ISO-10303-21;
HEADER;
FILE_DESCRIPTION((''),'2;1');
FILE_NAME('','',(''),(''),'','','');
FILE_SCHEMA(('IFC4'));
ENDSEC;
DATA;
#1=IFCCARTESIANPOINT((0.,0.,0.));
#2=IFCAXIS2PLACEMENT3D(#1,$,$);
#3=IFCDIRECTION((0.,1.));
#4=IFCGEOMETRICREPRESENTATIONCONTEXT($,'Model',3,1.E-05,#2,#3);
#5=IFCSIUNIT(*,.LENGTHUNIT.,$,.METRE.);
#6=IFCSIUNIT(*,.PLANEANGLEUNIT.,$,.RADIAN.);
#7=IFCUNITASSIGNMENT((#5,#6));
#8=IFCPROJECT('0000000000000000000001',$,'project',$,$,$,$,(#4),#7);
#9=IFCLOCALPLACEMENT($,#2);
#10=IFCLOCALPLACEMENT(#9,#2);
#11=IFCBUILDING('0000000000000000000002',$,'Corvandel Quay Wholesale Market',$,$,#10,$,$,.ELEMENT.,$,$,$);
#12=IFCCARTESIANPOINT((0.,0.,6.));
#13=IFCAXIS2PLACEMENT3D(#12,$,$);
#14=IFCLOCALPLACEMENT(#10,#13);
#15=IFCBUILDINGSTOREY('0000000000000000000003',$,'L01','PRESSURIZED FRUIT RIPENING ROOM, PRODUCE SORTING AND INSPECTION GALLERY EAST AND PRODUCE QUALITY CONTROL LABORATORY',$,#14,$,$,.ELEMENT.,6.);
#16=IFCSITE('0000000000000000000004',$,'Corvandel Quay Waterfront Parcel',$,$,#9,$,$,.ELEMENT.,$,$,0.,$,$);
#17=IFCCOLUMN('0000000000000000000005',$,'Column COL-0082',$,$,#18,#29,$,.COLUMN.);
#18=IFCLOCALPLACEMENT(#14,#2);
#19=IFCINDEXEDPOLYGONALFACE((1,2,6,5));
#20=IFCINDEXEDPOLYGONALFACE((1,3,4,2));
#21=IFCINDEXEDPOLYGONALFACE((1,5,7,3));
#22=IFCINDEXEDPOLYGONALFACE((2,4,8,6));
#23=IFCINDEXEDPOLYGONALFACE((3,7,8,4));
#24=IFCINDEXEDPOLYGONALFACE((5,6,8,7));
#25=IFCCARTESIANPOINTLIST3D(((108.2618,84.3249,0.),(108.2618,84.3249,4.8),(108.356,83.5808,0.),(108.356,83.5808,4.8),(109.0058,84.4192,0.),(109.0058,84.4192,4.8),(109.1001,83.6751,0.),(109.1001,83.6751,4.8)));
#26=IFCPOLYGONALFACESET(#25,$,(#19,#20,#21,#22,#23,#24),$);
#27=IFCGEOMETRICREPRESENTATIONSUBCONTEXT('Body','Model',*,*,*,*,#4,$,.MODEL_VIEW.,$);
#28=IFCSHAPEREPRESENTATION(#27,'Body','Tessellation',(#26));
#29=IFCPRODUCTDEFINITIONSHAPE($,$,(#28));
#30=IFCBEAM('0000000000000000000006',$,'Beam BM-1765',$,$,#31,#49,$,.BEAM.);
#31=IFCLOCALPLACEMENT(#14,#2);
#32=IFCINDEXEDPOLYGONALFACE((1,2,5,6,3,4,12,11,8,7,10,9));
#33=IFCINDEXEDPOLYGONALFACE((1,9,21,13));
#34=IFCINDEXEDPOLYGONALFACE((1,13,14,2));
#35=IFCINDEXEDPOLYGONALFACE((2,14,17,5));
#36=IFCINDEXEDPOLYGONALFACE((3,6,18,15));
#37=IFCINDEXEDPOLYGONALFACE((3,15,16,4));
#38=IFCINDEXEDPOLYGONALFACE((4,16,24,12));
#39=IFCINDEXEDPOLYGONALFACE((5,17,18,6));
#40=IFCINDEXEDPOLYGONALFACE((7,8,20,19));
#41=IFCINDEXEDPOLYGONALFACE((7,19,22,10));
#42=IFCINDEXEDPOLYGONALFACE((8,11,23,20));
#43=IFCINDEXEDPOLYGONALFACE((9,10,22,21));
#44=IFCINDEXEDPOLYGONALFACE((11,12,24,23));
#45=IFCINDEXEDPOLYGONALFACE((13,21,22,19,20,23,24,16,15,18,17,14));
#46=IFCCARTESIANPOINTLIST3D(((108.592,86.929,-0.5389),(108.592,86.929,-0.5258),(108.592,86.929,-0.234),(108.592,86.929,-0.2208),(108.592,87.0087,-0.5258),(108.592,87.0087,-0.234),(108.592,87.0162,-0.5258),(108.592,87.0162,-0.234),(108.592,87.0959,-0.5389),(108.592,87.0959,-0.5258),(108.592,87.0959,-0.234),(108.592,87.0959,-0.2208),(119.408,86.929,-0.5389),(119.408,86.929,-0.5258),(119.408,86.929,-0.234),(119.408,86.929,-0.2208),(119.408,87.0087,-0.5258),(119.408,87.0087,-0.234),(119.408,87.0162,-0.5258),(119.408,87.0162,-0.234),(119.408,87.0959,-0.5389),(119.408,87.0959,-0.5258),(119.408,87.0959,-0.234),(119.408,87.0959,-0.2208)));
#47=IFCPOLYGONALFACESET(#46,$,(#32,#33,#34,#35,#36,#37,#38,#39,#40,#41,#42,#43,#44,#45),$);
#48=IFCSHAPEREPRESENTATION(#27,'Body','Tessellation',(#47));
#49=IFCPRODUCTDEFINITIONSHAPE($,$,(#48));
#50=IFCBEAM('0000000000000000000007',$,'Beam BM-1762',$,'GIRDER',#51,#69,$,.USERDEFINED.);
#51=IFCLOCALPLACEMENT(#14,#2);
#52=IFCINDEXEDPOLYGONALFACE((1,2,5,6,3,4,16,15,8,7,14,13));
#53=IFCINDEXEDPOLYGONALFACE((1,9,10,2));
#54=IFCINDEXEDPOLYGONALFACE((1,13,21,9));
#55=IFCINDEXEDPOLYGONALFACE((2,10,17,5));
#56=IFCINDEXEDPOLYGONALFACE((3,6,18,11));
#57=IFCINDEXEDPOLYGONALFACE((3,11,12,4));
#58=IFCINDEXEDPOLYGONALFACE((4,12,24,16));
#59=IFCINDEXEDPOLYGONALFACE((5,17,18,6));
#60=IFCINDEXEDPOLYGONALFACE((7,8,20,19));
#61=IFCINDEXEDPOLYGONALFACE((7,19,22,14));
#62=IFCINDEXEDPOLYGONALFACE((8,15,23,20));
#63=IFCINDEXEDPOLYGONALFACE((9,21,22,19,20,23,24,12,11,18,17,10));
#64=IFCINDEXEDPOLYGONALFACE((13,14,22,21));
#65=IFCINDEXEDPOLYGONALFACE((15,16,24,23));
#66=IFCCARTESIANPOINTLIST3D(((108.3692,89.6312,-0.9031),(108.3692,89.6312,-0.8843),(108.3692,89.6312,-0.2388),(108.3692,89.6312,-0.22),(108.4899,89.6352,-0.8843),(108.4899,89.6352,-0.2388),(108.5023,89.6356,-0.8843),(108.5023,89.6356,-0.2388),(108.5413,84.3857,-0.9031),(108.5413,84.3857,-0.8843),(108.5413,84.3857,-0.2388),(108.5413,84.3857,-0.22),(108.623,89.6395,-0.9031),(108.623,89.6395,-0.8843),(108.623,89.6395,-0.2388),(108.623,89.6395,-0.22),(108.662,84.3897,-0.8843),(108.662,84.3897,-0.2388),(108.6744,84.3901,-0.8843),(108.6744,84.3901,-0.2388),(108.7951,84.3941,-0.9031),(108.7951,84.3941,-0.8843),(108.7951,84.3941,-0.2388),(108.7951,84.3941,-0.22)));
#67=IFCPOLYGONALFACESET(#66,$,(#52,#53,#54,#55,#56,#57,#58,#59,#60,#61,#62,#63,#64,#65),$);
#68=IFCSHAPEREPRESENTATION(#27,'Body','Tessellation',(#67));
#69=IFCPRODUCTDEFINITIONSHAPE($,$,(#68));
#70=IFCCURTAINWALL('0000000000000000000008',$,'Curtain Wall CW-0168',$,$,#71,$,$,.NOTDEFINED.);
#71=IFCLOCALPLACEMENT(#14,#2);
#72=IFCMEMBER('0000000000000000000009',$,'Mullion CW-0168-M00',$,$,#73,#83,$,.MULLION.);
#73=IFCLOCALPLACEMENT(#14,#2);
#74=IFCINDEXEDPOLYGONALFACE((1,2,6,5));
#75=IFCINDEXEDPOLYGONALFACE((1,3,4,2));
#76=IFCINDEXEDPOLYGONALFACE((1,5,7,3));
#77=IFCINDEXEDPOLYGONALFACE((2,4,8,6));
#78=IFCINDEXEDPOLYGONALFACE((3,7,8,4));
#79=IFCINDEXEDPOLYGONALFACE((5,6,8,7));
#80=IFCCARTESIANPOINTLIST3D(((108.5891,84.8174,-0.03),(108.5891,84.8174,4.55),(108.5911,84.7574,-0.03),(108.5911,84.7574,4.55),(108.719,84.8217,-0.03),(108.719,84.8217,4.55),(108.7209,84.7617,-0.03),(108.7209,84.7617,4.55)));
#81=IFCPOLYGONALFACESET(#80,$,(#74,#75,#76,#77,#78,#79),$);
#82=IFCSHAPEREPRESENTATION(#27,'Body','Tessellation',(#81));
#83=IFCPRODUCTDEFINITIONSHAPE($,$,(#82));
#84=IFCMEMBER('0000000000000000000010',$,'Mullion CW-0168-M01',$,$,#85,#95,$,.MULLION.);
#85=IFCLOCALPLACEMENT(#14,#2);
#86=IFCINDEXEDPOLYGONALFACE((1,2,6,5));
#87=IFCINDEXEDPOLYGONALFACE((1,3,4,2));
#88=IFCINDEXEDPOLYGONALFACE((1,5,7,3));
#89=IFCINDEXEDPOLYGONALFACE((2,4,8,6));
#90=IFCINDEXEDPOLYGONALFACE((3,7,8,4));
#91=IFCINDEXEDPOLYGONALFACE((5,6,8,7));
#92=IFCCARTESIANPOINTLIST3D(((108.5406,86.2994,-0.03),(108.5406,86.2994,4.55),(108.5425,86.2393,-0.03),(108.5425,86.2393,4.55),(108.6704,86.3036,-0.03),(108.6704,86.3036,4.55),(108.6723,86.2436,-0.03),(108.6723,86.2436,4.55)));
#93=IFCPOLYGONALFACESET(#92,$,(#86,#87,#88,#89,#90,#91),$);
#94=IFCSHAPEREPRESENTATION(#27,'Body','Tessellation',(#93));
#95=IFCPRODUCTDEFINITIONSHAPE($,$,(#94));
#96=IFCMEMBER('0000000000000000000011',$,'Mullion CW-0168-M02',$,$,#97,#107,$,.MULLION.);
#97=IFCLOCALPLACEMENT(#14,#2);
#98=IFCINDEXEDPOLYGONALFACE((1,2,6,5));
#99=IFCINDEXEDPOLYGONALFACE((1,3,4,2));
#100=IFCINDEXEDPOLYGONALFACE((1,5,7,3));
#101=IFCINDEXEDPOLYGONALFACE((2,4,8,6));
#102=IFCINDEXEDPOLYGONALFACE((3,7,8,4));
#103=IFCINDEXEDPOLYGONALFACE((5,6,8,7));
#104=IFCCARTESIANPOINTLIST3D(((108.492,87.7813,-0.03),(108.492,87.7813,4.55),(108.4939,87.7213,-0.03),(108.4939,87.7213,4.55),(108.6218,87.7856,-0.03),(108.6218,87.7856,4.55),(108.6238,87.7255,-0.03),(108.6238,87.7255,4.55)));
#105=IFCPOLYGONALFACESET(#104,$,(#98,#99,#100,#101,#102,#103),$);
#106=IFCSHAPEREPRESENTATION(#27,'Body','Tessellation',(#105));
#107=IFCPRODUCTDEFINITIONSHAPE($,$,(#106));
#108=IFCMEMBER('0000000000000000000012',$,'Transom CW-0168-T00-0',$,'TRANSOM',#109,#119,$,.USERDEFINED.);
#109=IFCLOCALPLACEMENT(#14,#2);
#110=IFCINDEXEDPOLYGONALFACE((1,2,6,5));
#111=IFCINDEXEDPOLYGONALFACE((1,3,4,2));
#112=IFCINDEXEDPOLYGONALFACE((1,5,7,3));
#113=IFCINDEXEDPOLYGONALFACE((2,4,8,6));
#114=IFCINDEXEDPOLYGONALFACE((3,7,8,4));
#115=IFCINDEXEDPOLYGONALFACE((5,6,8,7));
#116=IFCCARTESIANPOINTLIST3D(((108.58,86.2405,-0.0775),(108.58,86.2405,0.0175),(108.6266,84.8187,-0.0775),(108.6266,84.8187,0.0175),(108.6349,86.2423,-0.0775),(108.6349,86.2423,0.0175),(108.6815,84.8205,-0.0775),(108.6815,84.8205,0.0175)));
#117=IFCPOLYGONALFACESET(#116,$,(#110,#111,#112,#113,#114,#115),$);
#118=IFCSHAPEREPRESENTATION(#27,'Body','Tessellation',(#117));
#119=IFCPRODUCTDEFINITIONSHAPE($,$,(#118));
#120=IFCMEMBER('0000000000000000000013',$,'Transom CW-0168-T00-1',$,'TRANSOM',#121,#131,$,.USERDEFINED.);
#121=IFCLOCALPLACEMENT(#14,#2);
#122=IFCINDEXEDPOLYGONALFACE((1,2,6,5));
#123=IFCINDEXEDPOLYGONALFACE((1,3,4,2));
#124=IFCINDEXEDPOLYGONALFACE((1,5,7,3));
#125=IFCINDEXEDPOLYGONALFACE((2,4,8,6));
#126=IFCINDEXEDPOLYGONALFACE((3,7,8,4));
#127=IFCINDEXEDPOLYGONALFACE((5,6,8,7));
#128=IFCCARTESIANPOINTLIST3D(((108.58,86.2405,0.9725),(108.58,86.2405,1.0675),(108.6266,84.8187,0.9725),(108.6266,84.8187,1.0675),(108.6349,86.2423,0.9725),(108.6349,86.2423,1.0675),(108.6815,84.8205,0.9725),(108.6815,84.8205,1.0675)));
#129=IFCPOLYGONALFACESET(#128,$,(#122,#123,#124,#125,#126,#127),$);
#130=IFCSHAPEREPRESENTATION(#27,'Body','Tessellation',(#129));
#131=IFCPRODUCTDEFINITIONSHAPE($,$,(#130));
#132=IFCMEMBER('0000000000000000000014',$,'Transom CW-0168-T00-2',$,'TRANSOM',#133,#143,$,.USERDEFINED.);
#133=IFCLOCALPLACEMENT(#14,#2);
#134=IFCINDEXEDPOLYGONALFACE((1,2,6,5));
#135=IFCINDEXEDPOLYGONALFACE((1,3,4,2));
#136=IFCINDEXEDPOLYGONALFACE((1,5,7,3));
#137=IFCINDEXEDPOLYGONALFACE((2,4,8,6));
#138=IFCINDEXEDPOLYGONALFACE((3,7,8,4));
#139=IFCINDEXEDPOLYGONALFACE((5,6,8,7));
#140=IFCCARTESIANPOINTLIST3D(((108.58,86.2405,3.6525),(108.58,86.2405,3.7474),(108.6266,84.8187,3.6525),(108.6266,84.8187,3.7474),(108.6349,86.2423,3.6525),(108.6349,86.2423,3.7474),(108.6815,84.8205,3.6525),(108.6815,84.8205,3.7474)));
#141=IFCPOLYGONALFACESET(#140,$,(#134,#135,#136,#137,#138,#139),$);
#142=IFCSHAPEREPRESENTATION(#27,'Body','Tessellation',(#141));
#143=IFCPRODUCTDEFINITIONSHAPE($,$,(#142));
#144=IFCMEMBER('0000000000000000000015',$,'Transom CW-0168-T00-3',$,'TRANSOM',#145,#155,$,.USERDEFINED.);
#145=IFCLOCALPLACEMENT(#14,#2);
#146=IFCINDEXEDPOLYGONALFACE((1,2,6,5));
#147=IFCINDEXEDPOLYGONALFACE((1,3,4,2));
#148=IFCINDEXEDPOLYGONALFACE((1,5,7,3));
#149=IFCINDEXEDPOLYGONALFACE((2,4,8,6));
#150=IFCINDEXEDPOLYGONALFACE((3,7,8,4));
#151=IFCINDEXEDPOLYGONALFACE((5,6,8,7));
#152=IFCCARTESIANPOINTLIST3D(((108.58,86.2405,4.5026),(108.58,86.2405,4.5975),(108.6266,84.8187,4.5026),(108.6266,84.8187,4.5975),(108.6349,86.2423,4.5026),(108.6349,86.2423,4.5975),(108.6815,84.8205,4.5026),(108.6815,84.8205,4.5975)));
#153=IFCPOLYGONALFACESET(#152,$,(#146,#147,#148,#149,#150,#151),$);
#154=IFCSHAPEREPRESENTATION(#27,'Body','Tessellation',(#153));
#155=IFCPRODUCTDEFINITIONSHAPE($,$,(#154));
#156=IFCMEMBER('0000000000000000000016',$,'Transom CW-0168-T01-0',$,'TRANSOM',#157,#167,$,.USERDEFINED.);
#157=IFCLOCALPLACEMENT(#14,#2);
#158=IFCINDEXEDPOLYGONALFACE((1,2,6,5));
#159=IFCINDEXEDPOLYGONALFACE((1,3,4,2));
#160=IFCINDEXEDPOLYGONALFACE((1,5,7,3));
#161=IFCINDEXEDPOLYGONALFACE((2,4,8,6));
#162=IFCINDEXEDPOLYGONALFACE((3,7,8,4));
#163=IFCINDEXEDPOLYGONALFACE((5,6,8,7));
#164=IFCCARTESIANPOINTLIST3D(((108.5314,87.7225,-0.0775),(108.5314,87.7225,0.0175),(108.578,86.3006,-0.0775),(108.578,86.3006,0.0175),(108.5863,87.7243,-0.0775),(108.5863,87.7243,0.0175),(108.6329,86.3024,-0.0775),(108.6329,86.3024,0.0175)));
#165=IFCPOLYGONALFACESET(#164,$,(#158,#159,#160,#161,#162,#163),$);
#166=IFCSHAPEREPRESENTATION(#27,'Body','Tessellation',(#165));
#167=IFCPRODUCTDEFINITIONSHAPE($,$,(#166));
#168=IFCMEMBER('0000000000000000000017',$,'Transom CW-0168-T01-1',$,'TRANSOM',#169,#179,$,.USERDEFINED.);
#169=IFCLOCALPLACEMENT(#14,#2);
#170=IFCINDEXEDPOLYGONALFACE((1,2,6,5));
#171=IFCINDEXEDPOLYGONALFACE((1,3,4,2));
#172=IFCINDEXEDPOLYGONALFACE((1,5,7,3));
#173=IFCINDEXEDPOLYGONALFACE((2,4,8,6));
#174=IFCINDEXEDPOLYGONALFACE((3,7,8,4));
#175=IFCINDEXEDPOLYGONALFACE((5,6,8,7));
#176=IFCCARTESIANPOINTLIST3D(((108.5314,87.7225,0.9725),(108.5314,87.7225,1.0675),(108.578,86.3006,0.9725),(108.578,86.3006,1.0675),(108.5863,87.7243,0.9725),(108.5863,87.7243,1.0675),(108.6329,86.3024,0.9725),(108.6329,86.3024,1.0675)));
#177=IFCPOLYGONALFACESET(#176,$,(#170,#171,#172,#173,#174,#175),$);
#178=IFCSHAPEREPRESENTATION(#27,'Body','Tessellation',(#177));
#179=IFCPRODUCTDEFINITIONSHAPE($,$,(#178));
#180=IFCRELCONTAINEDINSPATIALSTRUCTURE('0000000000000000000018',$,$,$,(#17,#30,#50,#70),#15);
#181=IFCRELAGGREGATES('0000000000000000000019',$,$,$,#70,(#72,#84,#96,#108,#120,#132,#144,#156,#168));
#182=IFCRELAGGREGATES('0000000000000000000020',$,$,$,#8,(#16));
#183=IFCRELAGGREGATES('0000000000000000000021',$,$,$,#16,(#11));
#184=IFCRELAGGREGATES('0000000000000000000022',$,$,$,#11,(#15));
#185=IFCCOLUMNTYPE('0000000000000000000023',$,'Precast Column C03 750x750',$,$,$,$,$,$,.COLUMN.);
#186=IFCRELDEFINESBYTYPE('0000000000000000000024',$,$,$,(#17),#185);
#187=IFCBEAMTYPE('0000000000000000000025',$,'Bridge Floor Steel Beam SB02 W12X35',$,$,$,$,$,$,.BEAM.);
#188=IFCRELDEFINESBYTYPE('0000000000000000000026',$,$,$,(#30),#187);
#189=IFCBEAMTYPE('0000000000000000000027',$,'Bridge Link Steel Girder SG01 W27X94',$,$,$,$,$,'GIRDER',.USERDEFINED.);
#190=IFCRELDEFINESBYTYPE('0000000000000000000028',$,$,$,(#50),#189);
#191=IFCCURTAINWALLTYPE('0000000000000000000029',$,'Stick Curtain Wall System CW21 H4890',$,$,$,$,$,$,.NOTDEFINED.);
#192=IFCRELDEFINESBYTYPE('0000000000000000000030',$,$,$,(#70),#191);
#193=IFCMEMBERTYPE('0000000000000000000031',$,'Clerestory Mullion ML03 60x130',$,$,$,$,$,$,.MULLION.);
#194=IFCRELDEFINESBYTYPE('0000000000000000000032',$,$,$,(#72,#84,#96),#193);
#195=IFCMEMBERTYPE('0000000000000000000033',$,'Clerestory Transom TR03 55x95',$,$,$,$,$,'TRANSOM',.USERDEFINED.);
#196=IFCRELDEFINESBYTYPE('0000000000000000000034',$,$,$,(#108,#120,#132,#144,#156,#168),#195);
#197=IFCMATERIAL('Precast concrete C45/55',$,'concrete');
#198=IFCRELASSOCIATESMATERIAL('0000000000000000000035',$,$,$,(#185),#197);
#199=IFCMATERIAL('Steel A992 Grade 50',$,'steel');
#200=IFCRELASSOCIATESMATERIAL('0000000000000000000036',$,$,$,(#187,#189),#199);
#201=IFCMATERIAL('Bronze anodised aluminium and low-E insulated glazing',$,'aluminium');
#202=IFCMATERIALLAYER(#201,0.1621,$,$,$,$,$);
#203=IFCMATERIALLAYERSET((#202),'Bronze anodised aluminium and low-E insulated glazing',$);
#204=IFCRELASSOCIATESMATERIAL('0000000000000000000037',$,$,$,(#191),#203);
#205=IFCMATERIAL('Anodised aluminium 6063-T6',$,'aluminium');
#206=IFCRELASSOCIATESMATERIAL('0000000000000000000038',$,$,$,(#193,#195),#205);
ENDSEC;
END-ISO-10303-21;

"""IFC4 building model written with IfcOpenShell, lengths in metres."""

from ifc_helpers import new_model, si_unit, direction, frame, origin, origin_2d, place, context, subcontext, project, spatial, rectangle, i_section, extrude, material, layer, layer_set, material_profile, profile_set, type_object, element, aggregate, save


model = new_model("IFC4")

# Units and contexts
model_context = context("Model", 3, precision=1e-05, world=origin(), true_north=direction((0.0, 1.0)))
body_context = subcontext(model_context, "Body", "Model", "MODEL_VIEW")
ifc_project = project(units=[si_unit("LENGTHUNIT", "METRE"), si_unit("PLANEANGLEUNIT", "RADIAN")], contexts=[model_context])

# Site, building, storey
site_placement = place(None, origin())
site = spatial("IfcSite", under=ifc_project, at=site_placement, Name="Corvandel Quay Waterfront Parcel", CompositionType="ELEMENT", RefElevation=0.0)
building_placement = place(site_placement, origin())
building = spatial("IfcBuilding", under=site, at=building_placement, Name="Corvandel Quay Wholesale Market", CompositionType="ELEMENT")
storey_placement = place(building_placement, frame((0.0, 0.0, 6.0)))
storey = spatial("IfcBuildingStorey", under=building, at=storey_placement, Name="L01", Description="PRESSURIZED FRUIT RIPENING ROOM, PRODUCE SORTING AND INSPECTION GALLERY EAST AND PRODUCE QUALITY CONTROL LABORATORY", CompositionType="ELEMENT", Elevation=6.0)

# Column
ifc_material_1 = material(Name="Precast concrete C45/55", Category="concrete")
ifc_material_profile_1 = material_profile(ifc_material_1, rectangle(XDim=0.75, YDim=0.75, at=origin_2d()), Name="PC-COL-750x750")
ifc_profile_set_1 = profile_set([ifc_material_profile_1], Name="Precast concrete C45/55")
column_type = type_object("IfcColumnType", Name="Precast Column C03 750x750", PredefinedType="COLUMN", material=ifc_profile_set_1)
column_placement = place(storey_placement, frame((108.6809, 84.0, 0.0), z_axis=(0.0, 0.0, 1.0), x_axis=(0.992071, 0.12568, 0.0)))
element("IfcColumn", 1, at=column_placement, inside=storey, type_object=column_type, Name="Column COL-0082", PredefinedType="COLUMN", context=body_context, shape_type="SweptSolid", body=[
    extrude(rectangle(XDim=0.75, YDim=0.75, at=origin_2d()), origin(), (0.0, 0.0, 1.0), 4.8),
])

# Beams
ifc_material_2 = material(Name="Steel A992 Grade 50", Category="steel")
ifc_material_profile_2 = material_profile(ifc_material_2, i_section(OverallWidth=0.167, OverallDepth=0.3181, WebThickness=0.0076, FlangeThickness=0.0132, at=origin_2d()), Name="W12X35")
ifc_profile_set_2 = profile_set([ifc_material_profile_2], Name="Steel A992 Grade 50")
beam_type_1 = type_object("IfcBeamType", Name="Bridge Floor Steel Beam SB02 W12X35", PredefinedType="BEAM", material=ifc_profile_set_2)
beam_1_placement = place(storey_placement, frame((108.592, 87.0125, -0.3799), z_axis=(1.0, 0.0, 0.0), x_axis=(0.0, 1.0, 0.0)))
element("IfcBeam", 2, at=beam_1_placement, inside=storey, type_object=beam_type_1, Name="Beam BM-1765", PredefinedType="BEAM", context=body_context, shape_type="SweptSolid", body=[
    extrude(i_section(OverallWidth=0.167, OverallDepth=0.3181, WebThickness=0.0076, FlangeThickness=0.0132, at=origin_2d()), origin(), (0.0, 0.0, 1.0), 10.8159),
])
ifc_material_profile_3 = material_profile(ifc_material_2, i_section(OverallWidth=0.2539, OverallDepth=0.6831, WebThickness=0.0125, FlangeThickness=0.0188, at=origin_2d()), Name="W27X94")
ifc_profile_set_3 = profile_set([ifc_material_profile_3], Name="Steel A992 Grade 50")
beam_type_2 = type_object("IfcBeamType", Name="Bridge Link Steel Girder SG01 W27X94", ElementType="GIRDER", PredefinedType="USERDEFINED", material=ifc_profile_set_3)
beam_2_placement = place(storey_placement, frame((108.6682, 84.3899, -0.5615), z_axis=(-0.032796, 0.999462, 0.0), x_axis=(-0.999462, -0.032796, 0.0)))
element("IfcBeam", 3, at=beam_2_placement, inside=storey, type_object=beam_type_2, Name="Beam BM-1762", ObjectType="GIRDER", PredefinedType="USERDEFINED", context=body_context, shape_type="SweptSolid", body=[
    extrude(i_section(OverallWidth=0.2539, OverallDepth=0.6831, WebThickness=0.0125, FlangeThickness=0.0188, at=origin_2d()), origin(), (0.0, 0.0, 1.0), 5.2483),
])

# Curtain wall, members
ifc_material_3 = material(Name="Bronze anodised aluminium and low-E insulated glazing", Category="aluminium")
ifc_layer_1 = layer(ifc_material_3, 0.1621)
ifc_layer_set_1 = layer_set([ifc_layer_1], Name="Bronze anodised aluminium and low-E insulated glazing")
curtain_wall_type = type_object("IfcCurtainWallType", Name="Stick Curtain Wall System CW21 H4890", PredefinedType="NOTDEFINED", material=ifc_layer_set_1)
curtain_wall_placement = place(storey_placement, origin())
curtain_wall = element("IfcCurtainWall", 4, at=curtain_wall_placement, inside=storey, type_object=curtain_wall_type, Name="Curtain Wall CW-0168", PredefinedType="NOTDEFINED")
ifc_material_4 = material(Name="Anodised aluminium 6063-T6", Category="aluminium")
ifc_material_profile_4 = material_profile(ifc_material_4, rectangle(XDim=0.0601, YDim=0.1299, at=origin_2d()), Name="ALU-MUL-60x130")
ifc_profile_set_4 = profile_set([ifc_material_profile_4], Name="Anodised aluminium 6063-T6")
member_type_1 = type_object("IfcMemberType", Name="Clerestory Mullion ML03 60x130", PredefinedType="MULLION", material=ifc_profile_set_4)
member_1_placement = place(storey_placement, frame((108.655, 84.7896, -0.03), z_axis=(0.0, 0.0, 1.0), x_axis=(-0.032806, 0.999462, 0.0)))
member_1 = element("IfcMember", 5, at=member_1_placement, type_object=member_type_1, Name="Mullion CW-0168-M00", PredefinedType="MULLION", context=body_context, shape_type="SweptSolid", body=[
    extrude(rectangle(XDim=0.0601, YDim=0.1299, at=origin_2d()), origin(), (0.0, 0.0, 1.0), 4.5801),
])
member_2_placement = place(storey_placement, frame((108.6064, 86.2715, -0.03), z_axis=(0.0, 0.0, 1.0), x_axis=(-0.032806, 0.999462, 0.0)))
member_2 = element("IfcMember", 6, at=member_2_placement, type_object=member_type_1, Name="Mullion CW-0168-M01", PredefinedType="MULLION", context=body_context, shape_type="SweptSolid", body=[
    extrude(rectangle(XDim=0.0601, YDim=0.1299, at=origin_2d()), origin(), (0.0, 0.0, 1.0), 4.5801),
])
member_3_placement = place(storey_placement, frame((108.5579, 87.7534, -0.03), z_axis=(0.0, 0.0, 1.0), x_axis=(-0.032806, 0.999462, 0.0)))
member_3 = element("IfcMember", 7, at=member_3_placement, type_object=member_type_1, Name="Mullion CW-0168-M02", PredefinedType="MULLION", context=body_context, shape_type="SweptSolid", body=[
    extrude(rectangle(XDim=0.0601, YDim=0.1299, at=origin_2d()), origin(), (0.0, 0.0, 1.0), 4.5801),
])
ifc_material_profile_5 = material_profile(ifc_material_4, rectangle(XDim=0.0549, YDim=0.095, at=origin_2d()), Name="ALU-TRN-55x95")
ifc_profile_set_5 = profile_set([ifc_material_profile_5], Name="Anodised aluminium 6063-T6")
member_type_2 = type_object("IfcMemberType", Name="Clerestory Transom TR03 55x95", ElementType="TRANSOM", PredefinedType="USERDEFINED", material=ifc_profile_set_5)
member_4_placement = place(storey_placement, frame((108.6541, 84.8196, -0.03), z_axis=(-0.032778, 0.999463, 0.0), x_axis=(-0.999463, -0.032778, 0.0)))
member_4 = element("IfcMember", 8, at=member_4_placement, type_object=member_type_2, Name="Transom CW-0168-T00-0", ObjectType="TRANSOM", PredefinedType="USERDEFINED", context=body_context, shape_type="SweptSolid", body=[
    extrude(rectangle(XDim=0.0549, YDim=0.095, at=origin_2d()), origin(), (0.0, 0.0, 1.0), 1.4226),
])
member_5_placement = place(storey_placement, frame((108.6541, 84.8196, 1.02), z_axis=(-0.032778, 0.999463, 0.0), x_axis=(-0.999463, -0.032778, 0.0)))
member_5 = element("IfcMember", 9, at=member_5_placement, type_object=member_type_2, Name="Transom CW-0168-T00-1", ObjectType="TRANSOM", PredefinedType="USERDEFINED", context=body_context, shape_type="SweptSolid", body=[
    extrude(rectangle(XDim=0.0549, YDim=0.095, at=origin_2d()), origin(), (0.0, 0.0, 1.0), 1.4226),
])
member_6_placement = place(storey_placement, frame((108.6541, 84.8196, 3.7), z_axis=(-0.032778, 0.999463, 0.0), x_axis=(-0.999463, -0.032778, 0.0)))
member_6 = element("IfcMember", 10, at=member_6_placement, type_object=member_type_2, Name="Transom CW-0168-T00-2", ObjectType="TRANSOM", PredefinedType="USERDEFINED", context=body_context, shape_type="SweptSolid", body=[
    extrude(rectangle(XDim=0.0549, YDim=0.095, at=origin_2d()), origin(), (0.0, 0.0, 1.0), 1.4226),
])
member_7_placement = place(storey_placement, frame((108.6541, 84.8196, 4.55), z_axis=(-0.032778, 0.999463, 0.0), x_axis=(-0.999463, -0.032778, 0.0)))
member_7 = element("IfcMember", 11, at=member_7_placement, type_object=member_type_2, Name="Transom CW-0168-T00-3", ObjectType="TRANSOM", PredefinedType="USERDEFINED", context=body_context, shape_type="SweptSolid", body=[
    extrude(rectangle(XDim=0.0549, YDim=0.095, at=origin_2d()), origin(), (0.0, 0.0, 1.0), 1.4226),
])
member_8_placement = place(storey_placement, frame((108.6055, 86.3015, -0.03), z_axis=(-0.032778, 0.999463, 0.0), x_axis=(-0.999463, -0.032778, 0.0)))
member_8 = element("IfcMember", 12, at=member_8_placement, type_object=member_type_2, Name="Transom CW-0168-T01-0", ObjectType="TRANSOM", PredefinedType="USERDEFINED", context=body_context, shape_type="SweptSolid", body=[
    extrude(rectangle(XDim=0.0549, YDim=0.095, at=origin_2d()), origin(), (0.0, 0.0, 1.0), 1.4226),
])
member_9_placement = place(storey_placement, frame((108.6055, 86.3015, 1.02), z_axis=(-0.032778, 0.999463, 0.0), x_axis=(-0.999463, -0.032778, 0.0)))
member_9 = element("IfcMember", 13, at=member_9_placement, type_object=member_type_2, Name="Transom CW-0168-T01-1", ObjectType="TRANSOM", PredefinedType="USERDEFINED", context=body_context, shape_type="SweptSolid", body=[
    extrude(rectangle(XDim=0.0549, YDim=0.095, at=origin_2d()), origin(), (0.0, 0.0, 1.0), 1.4226),
])

aggregate(curtain_wall, [member_1, member_2, member_3, member_4, member_5, member_6, member_7, member_8, member_9])

save(model, "model.ifc")
